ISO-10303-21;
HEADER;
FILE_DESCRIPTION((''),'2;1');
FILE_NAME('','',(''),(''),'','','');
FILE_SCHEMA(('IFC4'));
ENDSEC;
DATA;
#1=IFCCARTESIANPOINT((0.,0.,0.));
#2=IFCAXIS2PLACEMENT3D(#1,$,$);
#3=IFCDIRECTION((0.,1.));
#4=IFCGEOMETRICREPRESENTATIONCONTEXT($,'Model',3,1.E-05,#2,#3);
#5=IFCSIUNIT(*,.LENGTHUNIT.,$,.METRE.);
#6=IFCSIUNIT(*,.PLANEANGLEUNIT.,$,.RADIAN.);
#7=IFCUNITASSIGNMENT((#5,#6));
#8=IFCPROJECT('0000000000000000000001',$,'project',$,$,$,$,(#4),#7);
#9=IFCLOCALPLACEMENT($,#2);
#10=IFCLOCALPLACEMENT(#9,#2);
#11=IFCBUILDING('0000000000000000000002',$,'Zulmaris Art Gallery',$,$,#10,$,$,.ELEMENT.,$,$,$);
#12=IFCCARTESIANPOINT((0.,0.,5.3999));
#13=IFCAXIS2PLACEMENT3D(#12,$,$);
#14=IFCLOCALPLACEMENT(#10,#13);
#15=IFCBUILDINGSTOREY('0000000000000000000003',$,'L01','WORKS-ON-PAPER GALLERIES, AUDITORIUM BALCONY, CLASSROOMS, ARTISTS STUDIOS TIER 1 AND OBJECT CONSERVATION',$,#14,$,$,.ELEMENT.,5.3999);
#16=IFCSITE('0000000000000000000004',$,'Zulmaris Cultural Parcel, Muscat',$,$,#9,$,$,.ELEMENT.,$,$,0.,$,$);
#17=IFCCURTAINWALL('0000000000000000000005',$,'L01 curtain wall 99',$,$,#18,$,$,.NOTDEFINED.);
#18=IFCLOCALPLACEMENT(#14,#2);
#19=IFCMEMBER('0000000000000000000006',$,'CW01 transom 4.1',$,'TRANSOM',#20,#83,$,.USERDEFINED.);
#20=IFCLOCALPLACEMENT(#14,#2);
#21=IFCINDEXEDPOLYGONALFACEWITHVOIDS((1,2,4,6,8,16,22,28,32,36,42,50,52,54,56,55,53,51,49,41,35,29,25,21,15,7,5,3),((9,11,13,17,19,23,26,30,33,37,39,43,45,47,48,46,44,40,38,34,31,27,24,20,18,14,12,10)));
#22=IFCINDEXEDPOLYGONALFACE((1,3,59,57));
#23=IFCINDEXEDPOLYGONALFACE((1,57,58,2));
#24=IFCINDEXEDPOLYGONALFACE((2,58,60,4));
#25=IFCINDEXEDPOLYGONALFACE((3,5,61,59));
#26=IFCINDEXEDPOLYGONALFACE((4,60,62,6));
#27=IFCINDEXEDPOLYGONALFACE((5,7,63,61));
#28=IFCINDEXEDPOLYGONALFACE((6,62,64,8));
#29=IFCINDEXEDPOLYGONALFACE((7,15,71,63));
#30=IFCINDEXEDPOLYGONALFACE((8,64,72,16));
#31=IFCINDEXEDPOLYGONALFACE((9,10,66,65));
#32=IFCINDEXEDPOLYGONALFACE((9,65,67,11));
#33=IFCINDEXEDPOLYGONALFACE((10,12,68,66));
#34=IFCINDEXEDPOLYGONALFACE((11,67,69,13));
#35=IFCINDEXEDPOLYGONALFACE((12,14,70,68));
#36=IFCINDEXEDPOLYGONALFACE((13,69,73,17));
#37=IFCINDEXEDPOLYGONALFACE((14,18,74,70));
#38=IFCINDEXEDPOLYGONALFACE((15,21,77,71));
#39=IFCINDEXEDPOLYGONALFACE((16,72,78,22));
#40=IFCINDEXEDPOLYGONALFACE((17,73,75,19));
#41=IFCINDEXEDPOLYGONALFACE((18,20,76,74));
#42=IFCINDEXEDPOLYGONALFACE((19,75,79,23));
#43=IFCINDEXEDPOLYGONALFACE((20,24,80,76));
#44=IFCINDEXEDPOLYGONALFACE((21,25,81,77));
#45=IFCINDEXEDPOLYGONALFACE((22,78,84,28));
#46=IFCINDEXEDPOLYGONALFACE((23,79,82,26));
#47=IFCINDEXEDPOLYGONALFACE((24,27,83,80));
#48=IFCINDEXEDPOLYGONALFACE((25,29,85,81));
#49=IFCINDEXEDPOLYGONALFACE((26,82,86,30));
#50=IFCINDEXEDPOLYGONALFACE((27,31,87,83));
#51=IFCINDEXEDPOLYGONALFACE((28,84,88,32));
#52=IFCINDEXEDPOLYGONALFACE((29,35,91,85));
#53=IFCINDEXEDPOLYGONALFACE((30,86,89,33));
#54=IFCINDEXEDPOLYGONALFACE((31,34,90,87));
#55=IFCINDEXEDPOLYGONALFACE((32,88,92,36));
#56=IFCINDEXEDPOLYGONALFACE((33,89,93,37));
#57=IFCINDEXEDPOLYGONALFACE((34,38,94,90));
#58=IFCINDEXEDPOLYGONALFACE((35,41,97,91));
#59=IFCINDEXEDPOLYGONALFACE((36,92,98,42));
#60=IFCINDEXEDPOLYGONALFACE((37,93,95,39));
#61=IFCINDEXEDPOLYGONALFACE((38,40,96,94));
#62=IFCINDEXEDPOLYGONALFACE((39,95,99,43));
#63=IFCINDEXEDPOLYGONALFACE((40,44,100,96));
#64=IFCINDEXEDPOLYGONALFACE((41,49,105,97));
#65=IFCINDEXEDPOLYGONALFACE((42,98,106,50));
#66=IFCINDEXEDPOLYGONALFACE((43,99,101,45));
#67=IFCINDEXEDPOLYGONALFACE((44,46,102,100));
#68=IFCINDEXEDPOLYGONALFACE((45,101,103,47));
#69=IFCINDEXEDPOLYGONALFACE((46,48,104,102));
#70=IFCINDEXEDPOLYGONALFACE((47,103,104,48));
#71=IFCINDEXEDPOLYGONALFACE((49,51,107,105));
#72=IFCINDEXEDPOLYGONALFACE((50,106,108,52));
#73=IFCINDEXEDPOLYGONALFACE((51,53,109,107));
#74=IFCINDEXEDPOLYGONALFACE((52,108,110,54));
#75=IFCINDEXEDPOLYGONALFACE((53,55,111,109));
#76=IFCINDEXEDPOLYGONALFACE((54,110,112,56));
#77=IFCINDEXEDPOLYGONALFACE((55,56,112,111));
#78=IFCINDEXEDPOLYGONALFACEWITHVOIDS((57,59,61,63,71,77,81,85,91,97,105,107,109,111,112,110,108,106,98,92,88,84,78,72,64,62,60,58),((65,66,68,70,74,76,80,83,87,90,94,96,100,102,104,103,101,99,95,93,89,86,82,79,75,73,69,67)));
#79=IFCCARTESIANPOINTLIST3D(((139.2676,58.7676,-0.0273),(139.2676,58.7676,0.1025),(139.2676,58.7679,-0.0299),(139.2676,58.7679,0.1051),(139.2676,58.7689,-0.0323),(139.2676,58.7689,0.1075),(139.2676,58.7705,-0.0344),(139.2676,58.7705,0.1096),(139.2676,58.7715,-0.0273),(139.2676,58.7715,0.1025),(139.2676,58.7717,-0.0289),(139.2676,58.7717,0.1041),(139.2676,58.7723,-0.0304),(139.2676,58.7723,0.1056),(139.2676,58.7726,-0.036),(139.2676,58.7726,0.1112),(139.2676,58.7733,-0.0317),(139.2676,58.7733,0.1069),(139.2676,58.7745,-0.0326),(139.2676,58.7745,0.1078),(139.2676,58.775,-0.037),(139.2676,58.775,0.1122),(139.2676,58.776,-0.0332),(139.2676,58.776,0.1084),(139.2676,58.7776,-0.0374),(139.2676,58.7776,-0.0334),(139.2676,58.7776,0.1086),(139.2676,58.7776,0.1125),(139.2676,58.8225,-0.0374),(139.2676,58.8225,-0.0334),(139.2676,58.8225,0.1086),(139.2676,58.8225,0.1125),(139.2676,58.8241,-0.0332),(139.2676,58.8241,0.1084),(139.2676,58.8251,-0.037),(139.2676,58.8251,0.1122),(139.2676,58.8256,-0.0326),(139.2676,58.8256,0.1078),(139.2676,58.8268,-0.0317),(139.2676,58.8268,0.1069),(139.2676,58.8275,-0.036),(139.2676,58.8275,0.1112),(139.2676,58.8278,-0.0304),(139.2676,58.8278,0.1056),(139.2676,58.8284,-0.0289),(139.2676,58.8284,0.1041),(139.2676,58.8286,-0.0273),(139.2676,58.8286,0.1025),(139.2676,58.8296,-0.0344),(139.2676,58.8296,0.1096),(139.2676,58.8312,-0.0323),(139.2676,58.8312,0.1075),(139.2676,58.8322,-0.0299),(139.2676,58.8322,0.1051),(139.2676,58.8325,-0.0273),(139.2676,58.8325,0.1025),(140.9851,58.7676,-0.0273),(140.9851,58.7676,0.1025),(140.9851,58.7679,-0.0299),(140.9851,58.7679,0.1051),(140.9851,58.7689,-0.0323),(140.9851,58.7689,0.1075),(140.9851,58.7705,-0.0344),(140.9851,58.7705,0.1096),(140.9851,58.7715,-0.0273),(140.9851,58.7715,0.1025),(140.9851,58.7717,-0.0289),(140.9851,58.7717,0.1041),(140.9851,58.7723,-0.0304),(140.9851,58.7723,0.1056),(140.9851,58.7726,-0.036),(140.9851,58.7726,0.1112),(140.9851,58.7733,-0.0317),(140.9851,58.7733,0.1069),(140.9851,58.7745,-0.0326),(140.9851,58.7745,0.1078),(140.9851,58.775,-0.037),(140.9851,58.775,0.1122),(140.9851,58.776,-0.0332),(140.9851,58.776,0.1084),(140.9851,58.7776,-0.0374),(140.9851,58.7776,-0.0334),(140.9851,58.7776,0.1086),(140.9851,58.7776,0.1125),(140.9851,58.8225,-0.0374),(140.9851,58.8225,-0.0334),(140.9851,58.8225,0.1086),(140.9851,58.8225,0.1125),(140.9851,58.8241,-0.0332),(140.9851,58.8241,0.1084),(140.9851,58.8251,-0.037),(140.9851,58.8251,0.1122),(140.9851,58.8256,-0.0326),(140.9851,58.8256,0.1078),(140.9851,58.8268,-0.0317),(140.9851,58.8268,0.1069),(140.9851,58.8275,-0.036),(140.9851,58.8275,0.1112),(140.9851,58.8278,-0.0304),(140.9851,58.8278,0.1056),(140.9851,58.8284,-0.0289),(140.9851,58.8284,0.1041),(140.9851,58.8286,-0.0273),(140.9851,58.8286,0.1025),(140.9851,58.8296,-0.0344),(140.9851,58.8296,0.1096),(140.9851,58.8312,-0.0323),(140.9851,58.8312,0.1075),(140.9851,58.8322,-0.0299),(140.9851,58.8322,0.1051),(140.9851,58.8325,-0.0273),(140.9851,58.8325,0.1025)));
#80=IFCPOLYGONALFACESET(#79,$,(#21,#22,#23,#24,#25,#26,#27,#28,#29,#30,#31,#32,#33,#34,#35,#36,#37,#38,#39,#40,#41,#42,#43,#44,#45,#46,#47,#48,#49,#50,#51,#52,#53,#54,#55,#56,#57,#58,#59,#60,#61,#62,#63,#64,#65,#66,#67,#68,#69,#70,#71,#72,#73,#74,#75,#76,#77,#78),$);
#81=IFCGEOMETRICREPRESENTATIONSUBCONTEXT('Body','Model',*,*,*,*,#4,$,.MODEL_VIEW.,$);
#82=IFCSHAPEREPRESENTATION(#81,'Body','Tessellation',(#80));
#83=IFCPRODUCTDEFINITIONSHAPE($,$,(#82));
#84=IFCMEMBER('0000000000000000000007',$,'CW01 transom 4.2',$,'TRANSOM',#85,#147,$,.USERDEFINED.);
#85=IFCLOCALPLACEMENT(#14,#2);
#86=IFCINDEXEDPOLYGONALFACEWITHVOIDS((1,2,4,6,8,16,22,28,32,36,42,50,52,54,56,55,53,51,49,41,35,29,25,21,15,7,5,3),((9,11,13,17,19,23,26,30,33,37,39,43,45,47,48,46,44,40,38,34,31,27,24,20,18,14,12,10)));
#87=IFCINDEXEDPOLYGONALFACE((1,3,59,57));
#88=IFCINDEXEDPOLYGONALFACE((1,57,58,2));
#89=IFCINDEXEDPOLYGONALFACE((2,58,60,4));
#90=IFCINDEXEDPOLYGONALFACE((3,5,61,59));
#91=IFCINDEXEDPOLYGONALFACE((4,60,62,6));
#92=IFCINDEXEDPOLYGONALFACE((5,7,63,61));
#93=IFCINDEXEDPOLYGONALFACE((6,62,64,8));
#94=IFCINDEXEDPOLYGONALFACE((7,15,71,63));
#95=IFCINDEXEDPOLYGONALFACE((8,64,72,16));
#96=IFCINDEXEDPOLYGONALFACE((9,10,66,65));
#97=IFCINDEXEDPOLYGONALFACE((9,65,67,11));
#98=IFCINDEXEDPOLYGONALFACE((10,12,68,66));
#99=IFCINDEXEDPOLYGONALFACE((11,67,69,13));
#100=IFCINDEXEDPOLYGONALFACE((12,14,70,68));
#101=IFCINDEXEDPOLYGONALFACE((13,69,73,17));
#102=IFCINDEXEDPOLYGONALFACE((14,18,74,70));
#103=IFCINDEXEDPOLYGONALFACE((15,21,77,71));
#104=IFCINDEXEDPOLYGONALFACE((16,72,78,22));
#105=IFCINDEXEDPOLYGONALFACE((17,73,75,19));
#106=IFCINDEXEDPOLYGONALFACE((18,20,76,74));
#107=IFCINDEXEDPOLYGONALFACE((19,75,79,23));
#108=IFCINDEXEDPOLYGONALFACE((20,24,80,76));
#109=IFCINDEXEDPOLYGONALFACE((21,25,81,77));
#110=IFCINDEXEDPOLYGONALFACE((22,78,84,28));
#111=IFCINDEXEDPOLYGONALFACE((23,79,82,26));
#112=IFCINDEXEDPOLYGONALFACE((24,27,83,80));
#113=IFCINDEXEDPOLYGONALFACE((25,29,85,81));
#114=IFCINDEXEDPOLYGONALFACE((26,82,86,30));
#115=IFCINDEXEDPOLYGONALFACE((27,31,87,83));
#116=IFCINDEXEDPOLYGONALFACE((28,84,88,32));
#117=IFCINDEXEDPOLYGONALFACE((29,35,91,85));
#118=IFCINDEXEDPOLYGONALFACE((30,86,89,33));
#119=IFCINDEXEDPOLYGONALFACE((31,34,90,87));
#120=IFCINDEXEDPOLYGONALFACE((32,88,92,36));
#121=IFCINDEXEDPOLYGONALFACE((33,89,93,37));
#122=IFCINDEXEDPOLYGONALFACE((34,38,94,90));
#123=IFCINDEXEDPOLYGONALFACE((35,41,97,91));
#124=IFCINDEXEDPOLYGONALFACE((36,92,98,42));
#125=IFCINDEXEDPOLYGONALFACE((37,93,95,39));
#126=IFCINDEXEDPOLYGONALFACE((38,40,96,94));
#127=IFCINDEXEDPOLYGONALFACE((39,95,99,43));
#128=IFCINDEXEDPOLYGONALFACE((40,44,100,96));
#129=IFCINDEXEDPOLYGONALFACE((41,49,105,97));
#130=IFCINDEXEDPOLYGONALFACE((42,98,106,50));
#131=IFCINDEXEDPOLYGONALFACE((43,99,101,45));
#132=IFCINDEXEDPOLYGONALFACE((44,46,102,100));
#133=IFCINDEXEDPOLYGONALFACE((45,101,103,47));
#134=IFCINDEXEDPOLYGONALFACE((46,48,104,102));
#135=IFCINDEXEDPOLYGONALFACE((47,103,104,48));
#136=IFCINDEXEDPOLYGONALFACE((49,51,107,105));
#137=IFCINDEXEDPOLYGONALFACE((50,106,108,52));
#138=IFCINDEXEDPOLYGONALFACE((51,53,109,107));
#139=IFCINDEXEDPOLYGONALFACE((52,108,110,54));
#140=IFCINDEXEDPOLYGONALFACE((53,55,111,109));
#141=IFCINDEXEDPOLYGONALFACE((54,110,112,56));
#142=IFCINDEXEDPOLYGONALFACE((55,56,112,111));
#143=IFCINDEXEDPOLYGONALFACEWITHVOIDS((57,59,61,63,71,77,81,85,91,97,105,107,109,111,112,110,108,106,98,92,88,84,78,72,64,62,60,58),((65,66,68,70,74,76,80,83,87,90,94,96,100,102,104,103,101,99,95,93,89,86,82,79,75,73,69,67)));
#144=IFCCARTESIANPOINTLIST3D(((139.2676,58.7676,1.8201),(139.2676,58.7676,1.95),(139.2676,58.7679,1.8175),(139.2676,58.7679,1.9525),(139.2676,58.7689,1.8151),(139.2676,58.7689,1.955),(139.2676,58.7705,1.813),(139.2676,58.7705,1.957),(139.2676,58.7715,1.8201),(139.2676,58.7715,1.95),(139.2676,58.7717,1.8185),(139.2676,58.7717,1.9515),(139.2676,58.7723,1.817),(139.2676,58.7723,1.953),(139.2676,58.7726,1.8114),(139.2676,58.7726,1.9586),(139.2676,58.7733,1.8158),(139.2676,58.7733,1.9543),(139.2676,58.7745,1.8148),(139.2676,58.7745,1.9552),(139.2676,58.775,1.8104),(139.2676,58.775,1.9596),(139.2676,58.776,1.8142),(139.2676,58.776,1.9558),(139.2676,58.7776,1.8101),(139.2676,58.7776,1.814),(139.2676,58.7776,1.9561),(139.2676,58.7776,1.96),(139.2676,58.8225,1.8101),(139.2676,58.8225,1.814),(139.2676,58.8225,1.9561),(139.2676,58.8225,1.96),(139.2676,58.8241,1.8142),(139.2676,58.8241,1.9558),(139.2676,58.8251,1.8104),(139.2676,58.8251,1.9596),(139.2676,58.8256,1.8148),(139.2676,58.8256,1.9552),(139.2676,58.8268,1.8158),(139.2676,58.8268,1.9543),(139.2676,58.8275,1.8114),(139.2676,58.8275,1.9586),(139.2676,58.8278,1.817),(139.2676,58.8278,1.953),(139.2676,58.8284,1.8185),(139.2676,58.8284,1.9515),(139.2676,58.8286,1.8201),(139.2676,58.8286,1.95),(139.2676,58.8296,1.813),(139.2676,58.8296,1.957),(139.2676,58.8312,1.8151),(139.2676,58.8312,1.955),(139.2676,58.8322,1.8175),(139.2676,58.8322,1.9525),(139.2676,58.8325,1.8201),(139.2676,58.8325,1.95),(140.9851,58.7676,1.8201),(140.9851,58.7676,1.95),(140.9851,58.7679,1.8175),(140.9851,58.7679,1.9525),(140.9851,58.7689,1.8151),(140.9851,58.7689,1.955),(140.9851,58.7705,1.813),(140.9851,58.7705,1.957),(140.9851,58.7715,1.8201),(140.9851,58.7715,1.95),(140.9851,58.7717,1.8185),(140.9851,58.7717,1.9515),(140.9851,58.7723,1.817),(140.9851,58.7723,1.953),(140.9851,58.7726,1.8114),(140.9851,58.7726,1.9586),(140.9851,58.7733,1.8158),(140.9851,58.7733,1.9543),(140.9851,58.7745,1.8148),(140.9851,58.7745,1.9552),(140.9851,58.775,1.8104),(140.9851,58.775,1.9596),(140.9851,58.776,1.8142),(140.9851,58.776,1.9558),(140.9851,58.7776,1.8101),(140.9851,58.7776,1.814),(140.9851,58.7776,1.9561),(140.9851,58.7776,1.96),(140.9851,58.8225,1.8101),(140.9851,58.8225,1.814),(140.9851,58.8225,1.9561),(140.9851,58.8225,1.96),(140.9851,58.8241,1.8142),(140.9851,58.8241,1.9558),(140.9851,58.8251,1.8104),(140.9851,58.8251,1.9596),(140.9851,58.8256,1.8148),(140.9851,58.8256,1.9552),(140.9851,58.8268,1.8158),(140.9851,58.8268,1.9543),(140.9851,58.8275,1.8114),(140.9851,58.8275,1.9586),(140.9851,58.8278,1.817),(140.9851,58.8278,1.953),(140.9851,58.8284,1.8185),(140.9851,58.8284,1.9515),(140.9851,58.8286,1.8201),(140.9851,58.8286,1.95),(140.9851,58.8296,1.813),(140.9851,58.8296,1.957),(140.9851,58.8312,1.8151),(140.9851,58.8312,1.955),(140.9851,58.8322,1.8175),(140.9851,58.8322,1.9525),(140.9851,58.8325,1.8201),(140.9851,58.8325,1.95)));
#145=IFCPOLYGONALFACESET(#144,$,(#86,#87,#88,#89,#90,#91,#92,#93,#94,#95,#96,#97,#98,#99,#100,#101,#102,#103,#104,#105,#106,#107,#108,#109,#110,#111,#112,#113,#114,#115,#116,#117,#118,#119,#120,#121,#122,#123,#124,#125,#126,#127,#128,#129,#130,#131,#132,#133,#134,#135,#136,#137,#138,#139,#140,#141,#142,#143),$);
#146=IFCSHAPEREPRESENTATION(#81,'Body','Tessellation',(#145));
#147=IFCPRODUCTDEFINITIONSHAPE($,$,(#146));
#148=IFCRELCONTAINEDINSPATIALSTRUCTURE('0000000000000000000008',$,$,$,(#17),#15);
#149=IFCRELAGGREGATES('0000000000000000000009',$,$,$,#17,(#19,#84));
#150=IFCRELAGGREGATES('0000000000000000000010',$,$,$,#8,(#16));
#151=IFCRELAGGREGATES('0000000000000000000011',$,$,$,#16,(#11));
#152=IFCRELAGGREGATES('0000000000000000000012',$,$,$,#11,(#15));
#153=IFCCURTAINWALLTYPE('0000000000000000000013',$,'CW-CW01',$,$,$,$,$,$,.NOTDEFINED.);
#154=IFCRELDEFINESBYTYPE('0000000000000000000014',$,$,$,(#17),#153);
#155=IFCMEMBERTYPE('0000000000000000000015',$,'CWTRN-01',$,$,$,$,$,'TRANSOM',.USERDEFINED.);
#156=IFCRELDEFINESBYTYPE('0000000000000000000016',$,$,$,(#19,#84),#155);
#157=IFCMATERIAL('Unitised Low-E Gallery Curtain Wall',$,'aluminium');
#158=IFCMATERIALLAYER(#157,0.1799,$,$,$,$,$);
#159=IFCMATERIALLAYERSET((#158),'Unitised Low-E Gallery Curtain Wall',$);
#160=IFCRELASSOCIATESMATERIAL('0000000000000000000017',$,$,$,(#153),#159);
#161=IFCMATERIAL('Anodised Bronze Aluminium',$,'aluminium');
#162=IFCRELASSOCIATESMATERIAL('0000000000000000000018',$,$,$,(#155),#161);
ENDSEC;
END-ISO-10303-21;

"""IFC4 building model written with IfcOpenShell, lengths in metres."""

from ifc_helpers import new_model, si_unit, direction, frame, origin, origin_2d, place, context, subcontext, project, spatial, hollow_rectangle, extrude, material, layer, layer_set, material_profile, profile_set, type_object, element, aggregate, save


model = new_model("IFC4")

# Units and contexts
model_context = context("Model", 3, precision=1e-05, world=origin(), true_north=direction((0.0, 1.0)))
body_context = subcontext(model_context, "Body", "Model", "MODEL_VIEW")
ifc_project = project(units=[si_unit("LENGTHUNIT", "METRE"), si_unit("PLANEANGLEUNIT", "RADIAN")], contexts=[model_context])

# Site, building, storey
site_placement = place(None, origin())
site = spatial("IfcSite", under=ifc_project, at=site_placement, Name="Zulmaris Cultural Parcel, Muscat", CompositionType="ELEMENT", RefElevation=0.0)
building_placement = place(site_placement, origin())
building = spatial("IfcBuilding", under=site, at=building_placement, Name="Zulmaris Art Gallery", CompositionType="ELEMENT")
storey_placement = place(building_placement, frame((0.0, 0.0, 5.3999)))
storey = spatial("IfcBuildingStorey", under=building, at=storey_placement, Name="L01", Description="WORKS-ON-PAPER GALLERIES, AUDITORIUM BALCONY, CLASSROOMS, ARTISTS STUDIOS TIER 1 AND OBJECT CONSERVATION", CompositionType="ELEMENT", Elevation=5.3999)

# Curtain wall, members
ifc_material_1 = material(Name="Unitised Low-E Gallery Curtain Wall", Category="aluminium")
ifc_layer_1 = layer(ifc_material_1, 0.1799)
ifc_layer_set_1 = layer_set([ifc_layer_1], Name="Unitised Low-E Gallery Curtain Wall")
curtain_wall_type = type_object("IfcCurtainWallType", Name="CW-CW01", PredefinedType="NOTDEFINED", material=ifc_layer_set_1)
curtain_wall_placement = place(storey_placement, origin())
curtain_wall = element("IfcCurtainWall", 1, at=curtain_wall_placement, inside=storey, type_object=curtain_wall_type, Name="L01 curtain wall 99", PredefinedType="NOTDEFINED")
ifc_material_2 = material(Name="Anodised Bronze Aluminium", Category="aluminium")
ifc_material_profile_1 = material_profile(ifc_material_2, hollow_rectangle(XDim=0.0649, YDim=0.1499, WallThickness=0.0039, InnerFilletRadius=0.0061, OuterFilletRadius=0.01, at=origin_2d()), Name="ALU 65x150x4")
ifc_profile_set_1 = profile_set([ifc_material_profile_1], Name="Anodised Bronze Aluminium")
member_type_1 = type_object("IfcMemberType", Name="CWTRN-01", ElementType="TRANSOM", PredefinedType="USERDEFINED", material=ifc_profile_set_1)
member_1_placement = place(storey_placement, frame((139.2676, 58.8, 0.0376), z_axis=(1.0, 0.0, 0.0), x_axis=(0.0, 1.0, 0.0)))
member_1 = element("IfcMember", 2, at=member_1_placement, type_object=member_type_1, Name="CW01 transom 4.1", ObjectType="TRANSOM", PredefinedType="USERDEFINED", context=body_context, shape_type="SweptSolid", body=[
    extrude(hollow_rectangle(XDim=0.0649, YDim=0.1499, WallThickness=0.0039, InnerFilletRadius=0.0061, OuterFilletRadius=0.01, at=origin_2d()), origin(), (0.0, 0.0, 1.0), 1.7175),
])
member_2_placement = place(storey_placement, frame((139.2676, 58.8, 1.885), z_axis=(1.0, 0.0, 0.0), x_axis=(0.0, 1.0, 0.0)))
member_2 = element("IfcMember", 3, at=member_2_placement, type_object=member_type_1, Name="CW01 transom 4.2", ObjectType="TRANSOM", PredefinedType="USERDEFINED", context=body_context, shape_type="SweptSolid", body=[
    extrude(hollow_rectangle(XDim=0.0649, YDim=0.1499, WallThickness=0.0039, InnerFilletRadius=0.0061, OuterFilletRadius=0.01, at=origin_2d()), origin(), (0.0, 0.0, 1.0), 1.7175),
])
aggregate(curtain_wall, [member_1, member_2])

save(model, "model.ifc")
